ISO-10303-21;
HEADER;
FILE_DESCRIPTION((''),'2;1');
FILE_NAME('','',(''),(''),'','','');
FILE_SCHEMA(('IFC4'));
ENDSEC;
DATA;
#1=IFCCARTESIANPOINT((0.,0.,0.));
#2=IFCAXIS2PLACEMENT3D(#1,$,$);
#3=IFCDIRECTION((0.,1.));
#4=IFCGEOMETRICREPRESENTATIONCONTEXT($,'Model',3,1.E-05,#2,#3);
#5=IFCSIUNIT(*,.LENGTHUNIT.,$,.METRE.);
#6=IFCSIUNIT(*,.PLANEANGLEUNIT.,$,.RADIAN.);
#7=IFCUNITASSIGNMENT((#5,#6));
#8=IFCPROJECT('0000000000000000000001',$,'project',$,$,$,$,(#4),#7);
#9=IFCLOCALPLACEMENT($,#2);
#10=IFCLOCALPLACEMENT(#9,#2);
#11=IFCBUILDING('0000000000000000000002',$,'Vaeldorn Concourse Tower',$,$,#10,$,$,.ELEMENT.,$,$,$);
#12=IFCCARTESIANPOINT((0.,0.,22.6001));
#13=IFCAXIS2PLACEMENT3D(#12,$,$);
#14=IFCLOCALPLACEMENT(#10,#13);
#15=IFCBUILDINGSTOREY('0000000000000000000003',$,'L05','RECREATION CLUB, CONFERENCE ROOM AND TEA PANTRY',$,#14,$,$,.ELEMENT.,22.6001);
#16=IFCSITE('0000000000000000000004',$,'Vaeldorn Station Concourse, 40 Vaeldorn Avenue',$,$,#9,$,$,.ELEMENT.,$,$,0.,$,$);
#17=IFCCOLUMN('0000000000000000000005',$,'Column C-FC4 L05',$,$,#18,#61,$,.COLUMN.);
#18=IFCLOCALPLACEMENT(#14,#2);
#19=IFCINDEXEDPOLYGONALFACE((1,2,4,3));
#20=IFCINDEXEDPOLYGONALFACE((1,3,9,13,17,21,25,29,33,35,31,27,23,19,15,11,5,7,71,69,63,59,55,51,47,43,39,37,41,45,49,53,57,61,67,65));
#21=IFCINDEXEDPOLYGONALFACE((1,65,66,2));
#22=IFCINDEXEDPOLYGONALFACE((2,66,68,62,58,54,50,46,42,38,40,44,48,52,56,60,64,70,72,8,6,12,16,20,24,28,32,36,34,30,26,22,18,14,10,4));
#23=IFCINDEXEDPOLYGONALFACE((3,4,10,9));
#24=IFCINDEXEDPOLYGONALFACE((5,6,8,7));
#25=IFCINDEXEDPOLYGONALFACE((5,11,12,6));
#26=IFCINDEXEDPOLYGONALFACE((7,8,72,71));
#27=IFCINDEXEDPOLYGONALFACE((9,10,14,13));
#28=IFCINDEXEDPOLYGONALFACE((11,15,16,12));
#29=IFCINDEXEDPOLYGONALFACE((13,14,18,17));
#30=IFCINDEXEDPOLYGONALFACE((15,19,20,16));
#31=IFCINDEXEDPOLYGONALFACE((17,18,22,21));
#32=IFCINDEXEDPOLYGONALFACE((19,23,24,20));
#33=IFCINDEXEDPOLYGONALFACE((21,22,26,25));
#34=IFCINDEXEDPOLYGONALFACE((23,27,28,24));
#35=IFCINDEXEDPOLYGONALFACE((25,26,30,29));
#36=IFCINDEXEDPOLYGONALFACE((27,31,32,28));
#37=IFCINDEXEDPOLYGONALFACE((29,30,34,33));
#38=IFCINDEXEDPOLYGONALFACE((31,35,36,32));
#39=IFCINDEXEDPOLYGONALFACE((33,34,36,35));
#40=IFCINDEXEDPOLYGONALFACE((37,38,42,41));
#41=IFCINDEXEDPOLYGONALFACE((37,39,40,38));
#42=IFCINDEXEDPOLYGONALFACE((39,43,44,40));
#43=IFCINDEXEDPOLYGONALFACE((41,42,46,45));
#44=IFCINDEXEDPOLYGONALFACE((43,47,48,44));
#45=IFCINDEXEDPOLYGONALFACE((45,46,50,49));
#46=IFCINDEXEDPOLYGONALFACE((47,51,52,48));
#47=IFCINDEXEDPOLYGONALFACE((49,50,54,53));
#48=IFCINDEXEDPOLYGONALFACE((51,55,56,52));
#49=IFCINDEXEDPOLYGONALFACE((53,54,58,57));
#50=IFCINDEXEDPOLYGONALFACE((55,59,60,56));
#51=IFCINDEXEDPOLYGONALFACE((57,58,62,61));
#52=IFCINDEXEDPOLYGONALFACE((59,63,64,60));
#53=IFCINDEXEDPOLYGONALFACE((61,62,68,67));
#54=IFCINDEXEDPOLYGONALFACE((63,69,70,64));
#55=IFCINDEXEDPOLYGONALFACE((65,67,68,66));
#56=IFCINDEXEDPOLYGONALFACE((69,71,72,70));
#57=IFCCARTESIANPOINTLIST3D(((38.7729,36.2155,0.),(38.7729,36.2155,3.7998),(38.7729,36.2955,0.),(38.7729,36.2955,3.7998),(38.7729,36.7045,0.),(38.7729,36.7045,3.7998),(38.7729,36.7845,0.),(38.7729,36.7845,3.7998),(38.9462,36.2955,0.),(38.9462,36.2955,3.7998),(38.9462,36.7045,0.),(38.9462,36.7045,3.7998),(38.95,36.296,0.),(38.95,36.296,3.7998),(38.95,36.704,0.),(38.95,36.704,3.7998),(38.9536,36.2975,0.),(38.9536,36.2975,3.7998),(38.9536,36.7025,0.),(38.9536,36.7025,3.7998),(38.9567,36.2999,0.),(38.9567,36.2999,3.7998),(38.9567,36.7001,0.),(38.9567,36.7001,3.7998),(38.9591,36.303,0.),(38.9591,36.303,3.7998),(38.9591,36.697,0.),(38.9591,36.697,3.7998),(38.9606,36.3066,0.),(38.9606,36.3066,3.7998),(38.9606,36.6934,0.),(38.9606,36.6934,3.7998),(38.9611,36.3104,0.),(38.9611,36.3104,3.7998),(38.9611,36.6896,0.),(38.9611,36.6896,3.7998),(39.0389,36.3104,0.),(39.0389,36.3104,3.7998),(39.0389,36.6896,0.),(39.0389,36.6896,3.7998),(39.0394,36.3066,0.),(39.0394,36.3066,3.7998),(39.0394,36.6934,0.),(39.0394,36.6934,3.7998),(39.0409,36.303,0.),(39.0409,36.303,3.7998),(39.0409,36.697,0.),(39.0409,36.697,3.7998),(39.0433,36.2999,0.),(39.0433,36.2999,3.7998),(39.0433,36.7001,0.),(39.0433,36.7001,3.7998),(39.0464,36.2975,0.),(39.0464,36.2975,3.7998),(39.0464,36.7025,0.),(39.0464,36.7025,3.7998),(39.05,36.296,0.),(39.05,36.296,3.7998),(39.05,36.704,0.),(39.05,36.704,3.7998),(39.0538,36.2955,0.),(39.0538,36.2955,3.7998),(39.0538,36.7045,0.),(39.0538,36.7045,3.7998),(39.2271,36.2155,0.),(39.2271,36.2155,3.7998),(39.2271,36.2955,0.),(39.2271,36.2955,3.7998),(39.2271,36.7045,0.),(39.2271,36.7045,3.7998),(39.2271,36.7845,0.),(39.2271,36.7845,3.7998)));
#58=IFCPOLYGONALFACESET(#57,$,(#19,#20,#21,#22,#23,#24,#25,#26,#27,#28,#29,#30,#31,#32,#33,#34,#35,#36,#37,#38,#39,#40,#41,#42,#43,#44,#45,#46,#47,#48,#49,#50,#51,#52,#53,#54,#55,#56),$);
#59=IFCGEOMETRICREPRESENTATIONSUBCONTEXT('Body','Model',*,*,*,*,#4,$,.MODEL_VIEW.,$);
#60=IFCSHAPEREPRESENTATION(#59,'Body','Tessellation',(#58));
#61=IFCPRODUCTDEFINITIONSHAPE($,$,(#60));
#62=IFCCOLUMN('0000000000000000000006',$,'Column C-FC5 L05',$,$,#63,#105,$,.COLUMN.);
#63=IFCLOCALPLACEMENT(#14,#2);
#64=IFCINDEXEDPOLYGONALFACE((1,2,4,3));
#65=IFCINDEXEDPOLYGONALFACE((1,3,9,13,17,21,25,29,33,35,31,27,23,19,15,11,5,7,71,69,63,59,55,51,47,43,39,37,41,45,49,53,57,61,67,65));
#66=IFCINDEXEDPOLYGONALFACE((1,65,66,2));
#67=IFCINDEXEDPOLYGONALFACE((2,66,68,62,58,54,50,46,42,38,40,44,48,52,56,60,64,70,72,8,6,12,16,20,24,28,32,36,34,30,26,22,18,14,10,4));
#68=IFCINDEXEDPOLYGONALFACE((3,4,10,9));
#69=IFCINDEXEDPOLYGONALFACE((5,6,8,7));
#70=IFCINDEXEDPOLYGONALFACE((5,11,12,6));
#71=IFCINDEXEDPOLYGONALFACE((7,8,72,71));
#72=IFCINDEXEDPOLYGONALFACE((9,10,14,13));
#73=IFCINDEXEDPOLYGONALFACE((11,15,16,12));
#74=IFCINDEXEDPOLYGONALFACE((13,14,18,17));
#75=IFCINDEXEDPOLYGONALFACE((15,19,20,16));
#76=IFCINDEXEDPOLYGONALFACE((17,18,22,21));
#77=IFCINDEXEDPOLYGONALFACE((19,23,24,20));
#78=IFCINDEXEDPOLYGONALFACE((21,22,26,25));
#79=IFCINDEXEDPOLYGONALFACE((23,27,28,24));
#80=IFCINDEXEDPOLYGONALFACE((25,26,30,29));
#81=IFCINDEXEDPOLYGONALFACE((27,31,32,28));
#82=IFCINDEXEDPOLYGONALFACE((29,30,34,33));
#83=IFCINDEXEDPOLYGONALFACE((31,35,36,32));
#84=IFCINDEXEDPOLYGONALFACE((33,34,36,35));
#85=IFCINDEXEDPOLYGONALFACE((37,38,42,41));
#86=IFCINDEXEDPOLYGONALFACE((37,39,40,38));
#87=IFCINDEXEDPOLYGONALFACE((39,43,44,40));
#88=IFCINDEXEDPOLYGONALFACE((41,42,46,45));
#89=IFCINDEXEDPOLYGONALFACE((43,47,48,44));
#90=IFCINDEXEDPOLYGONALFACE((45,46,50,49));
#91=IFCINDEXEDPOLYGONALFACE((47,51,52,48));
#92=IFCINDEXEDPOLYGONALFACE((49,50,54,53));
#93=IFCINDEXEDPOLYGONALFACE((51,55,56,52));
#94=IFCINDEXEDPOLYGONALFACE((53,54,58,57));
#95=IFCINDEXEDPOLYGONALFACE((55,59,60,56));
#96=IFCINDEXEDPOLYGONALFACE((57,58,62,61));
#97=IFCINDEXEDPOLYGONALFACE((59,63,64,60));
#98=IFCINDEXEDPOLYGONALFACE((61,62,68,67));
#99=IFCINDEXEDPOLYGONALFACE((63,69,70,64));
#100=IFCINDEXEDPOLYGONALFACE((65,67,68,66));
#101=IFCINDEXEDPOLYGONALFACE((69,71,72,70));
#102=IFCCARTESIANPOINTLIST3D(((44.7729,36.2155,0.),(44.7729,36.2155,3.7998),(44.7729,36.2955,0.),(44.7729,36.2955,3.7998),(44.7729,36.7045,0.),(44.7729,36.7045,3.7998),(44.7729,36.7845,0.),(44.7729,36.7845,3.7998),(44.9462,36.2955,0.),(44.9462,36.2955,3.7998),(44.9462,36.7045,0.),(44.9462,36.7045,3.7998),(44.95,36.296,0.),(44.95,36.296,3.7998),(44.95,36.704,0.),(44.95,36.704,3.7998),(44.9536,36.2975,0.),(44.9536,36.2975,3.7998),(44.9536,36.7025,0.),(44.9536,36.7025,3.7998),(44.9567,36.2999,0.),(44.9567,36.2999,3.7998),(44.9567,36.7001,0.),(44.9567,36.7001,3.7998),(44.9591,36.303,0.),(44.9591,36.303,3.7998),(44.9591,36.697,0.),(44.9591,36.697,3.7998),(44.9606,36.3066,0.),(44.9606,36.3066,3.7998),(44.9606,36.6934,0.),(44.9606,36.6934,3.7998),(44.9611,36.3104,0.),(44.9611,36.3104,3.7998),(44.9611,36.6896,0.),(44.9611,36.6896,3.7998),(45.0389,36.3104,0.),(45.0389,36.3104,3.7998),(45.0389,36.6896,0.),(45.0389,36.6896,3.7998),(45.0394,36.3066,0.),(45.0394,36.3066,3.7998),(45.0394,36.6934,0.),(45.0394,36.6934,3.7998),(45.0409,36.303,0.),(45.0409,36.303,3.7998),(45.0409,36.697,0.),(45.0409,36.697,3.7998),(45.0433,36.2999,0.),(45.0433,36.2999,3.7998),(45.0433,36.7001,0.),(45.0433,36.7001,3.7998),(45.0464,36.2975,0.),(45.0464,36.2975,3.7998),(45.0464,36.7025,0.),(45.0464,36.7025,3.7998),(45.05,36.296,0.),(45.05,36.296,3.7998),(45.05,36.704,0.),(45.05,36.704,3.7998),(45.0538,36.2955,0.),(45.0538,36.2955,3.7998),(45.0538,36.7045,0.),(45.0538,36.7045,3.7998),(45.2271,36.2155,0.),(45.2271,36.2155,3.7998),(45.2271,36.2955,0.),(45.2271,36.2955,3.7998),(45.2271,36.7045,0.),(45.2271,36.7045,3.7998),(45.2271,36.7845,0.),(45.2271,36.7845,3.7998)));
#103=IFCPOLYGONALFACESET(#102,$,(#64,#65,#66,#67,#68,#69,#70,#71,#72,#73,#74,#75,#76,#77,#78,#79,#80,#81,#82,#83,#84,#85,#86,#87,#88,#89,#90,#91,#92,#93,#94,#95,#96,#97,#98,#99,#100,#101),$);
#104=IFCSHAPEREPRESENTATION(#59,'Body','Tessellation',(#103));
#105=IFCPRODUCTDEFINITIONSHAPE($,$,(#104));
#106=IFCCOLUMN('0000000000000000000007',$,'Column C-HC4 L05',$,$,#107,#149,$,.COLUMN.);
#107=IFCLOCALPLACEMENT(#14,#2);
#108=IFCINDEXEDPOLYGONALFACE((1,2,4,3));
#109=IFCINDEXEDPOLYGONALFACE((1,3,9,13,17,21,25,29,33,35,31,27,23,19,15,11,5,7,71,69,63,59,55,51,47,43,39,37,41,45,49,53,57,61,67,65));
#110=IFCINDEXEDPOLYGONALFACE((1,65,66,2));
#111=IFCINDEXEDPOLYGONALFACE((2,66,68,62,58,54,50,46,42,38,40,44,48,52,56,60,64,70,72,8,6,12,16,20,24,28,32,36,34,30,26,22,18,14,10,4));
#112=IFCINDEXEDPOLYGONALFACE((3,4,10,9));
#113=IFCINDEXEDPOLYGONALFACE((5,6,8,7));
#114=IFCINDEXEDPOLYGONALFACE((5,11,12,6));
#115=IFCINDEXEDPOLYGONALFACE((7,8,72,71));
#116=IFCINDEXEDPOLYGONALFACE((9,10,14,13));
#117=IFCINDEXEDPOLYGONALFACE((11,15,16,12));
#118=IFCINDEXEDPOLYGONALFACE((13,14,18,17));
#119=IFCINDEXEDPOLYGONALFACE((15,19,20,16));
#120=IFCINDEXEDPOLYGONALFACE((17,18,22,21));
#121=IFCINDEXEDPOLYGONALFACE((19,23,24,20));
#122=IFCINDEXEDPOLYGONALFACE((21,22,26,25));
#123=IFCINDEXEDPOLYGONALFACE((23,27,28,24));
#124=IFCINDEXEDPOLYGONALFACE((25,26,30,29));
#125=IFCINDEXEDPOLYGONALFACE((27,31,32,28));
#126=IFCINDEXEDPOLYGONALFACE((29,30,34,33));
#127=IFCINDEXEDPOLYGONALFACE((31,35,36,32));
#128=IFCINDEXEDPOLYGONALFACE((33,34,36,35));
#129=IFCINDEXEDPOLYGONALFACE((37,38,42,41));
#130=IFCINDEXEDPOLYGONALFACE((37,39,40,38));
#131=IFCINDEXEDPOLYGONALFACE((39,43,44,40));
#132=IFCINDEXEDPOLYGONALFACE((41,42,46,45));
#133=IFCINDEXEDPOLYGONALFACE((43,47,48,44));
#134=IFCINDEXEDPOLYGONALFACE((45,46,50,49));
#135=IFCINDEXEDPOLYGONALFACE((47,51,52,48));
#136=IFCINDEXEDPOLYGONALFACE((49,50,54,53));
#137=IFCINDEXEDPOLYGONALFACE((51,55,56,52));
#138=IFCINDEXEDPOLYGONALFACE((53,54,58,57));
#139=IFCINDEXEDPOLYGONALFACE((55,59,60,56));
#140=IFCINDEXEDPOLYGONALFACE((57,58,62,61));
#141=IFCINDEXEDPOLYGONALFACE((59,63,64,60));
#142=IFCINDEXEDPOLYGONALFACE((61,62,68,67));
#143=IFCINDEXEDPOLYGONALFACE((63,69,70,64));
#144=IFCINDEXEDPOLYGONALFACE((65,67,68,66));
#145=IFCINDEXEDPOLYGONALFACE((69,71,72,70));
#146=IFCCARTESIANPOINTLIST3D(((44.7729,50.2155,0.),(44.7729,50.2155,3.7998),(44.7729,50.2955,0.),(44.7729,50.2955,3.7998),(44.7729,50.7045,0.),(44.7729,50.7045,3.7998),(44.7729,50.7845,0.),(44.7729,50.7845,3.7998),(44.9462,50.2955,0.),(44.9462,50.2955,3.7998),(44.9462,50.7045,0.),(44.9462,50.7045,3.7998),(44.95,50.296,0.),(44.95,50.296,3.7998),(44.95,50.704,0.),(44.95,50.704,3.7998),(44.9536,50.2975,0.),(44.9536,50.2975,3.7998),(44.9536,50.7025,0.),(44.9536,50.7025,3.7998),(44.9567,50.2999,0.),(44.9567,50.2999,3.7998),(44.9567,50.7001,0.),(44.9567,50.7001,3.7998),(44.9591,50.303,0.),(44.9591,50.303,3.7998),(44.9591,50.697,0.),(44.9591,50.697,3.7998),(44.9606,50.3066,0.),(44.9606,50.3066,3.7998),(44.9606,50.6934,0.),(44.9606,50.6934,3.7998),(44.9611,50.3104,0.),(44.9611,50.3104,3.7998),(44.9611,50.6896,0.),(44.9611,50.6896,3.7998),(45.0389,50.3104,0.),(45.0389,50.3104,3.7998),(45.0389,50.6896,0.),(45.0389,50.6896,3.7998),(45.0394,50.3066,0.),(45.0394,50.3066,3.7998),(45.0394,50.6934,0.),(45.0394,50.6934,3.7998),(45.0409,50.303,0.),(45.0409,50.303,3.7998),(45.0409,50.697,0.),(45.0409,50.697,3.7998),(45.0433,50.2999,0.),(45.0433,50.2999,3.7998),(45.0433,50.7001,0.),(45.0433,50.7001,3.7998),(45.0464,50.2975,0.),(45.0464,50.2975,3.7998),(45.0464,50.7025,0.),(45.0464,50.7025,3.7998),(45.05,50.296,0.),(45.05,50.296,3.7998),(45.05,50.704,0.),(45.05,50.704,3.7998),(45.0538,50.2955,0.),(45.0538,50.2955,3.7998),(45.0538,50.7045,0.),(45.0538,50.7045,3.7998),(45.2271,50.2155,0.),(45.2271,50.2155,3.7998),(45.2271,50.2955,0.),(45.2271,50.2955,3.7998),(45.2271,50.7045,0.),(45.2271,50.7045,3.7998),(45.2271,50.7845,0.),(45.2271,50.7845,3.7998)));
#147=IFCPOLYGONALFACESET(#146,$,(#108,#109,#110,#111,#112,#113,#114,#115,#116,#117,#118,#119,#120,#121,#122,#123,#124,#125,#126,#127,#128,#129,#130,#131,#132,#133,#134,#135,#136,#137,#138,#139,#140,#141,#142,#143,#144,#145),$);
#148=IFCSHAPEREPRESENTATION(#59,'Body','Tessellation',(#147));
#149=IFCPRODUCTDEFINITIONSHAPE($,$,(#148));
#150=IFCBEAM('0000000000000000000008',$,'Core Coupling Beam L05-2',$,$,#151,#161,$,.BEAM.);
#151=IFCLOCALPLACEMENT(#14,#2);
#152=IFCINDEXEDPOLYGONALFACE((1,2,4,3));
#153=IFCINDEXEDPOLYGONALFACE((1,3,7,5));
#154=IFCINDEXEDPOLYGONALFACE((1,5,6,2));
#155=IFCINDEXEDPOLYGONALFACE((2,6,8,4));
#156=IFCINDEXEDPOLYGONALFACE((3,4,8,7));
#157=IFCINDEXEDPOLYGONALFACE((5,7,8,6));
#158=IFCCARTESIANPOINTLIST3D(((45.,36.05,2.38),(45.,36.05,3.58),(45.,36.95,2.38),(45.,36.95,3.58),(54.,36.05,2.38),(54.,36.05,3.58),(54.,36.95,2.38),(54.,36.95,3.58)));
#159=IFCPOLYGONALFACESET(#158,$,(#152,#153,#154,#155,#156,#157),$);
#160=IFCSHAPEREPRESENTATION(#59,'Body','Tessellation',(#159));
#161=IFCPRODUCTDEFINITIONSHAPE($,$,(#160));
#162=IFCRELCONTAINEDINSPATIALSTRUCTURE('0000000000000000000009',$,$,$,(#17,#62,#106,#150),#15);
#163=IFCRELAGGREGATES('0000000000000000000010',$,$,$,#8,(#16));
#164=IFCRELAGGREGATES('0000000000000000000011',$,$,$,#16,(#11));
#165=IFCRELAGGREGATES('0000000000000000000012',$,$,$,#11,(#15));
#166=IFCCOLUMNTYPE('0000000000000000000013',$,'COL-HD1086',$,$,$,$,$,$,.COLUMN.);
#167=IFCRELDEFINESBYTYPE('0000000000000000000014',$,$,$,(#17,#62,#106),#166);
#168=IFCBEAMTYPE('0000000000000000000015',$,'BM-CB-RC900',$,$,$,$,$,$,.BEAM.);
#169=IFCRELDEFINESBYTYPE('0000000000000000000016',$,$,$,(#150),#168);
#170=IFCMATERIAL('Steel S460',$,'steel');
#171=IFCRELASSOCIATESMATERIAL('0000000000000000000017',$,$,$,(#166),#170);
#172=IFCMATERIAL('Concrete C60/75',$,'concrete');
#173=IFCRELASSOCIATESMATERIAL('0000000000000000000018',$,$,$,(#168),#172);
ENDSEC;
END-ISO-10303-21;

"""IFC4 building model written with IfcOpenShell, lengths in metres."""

from ifc_helpers import new_model, si_unit, direction, frame, origin, origin_2d, place, context, subcontext, project, spatial, rectangle, i_section, extrude, source, transform, mapped, material, material_profile, profile_set, type_object, element, save


model = new_model("IFC4")

# Units and contexts
model_context = context("Model", 3, precision=1e-05, world=origin(), true_north=direction((0.0, 1.0)))
body_context = subcontext(model_context, "Body", "Model", "MODEL_VIEW")
ifc_project = project(units=[si_unit("LENGTHUNIT", "METRE"), si_unit("PLANEANGLEUNIT", "RADIAN")], contexts=[model_context])

# Site, building, storey
site_placement = place(None, origin())
site = spatial("IfcSite", under=ifc_project, at=site_placement, Name="Vaeldorn Station Concourse, 40 Vaeldorn Avenue", CompositionType="ELEMENT", RefElevation=0.0)
building_placement = place(site_placement, origin())
building = spatial("IfcBuilding", under=site, at=building_placement, Name="Vaeldorn Concourse Tower", CompositionType="ELEMENT")
storey_placement = place(building_placement, frame((0.0, 0.0, 22.6001)))
storey = spatial("IfcBuildingStorey", under=building, at=storey_placement, Name="L05", Description="RECREATION CLUB, CONFERENCE ROOM AND TEA PANTRY", CompositionType="ELEMENT", Elevation=22.6001)

# Columns
ifc_material_1 = material(Name="Steel S460", Category="steel")
ifc_material_profile_1 = material_profile(ifc_material_1, i_section(OverallWidth=0.4541, OverallDepth=0.5691, WebThickness=0.0779, FlangeThickness=0.0801, FilletRadius=0.0149, at=origin_2d()), Name="HD 400x1086")
ifc_profile_set_1 = profile_set([ifc_material_profile_1], Name="Steel S460")
column_type = type_object("IfcColumnType", Name="COL-HD1086", PredefinedType="COLUMN", material=ifc_profile_set_1)
shared_shape_1 = source(origin(), body_context, "Body", "SweptSolid", [
    extrude(i_section(OverallWidth=0.4541, OverallDepth=0.5691, WebThickness=0.0779, FlangeThickness=0.0801, FilletRadius=0.0149, at=origin_2d()), origin(), (0.0, 0.0, 1.0), 3.7998),
])
for number, where, z_axis, x_axis, name in (
    (1, (39.0, 36.5, 0.0), (0.0, 0.0, 1.0), (1.0, 0.0, 0.0), "Column C-FC4 L05"),
    (2, (45.0, 36.5, 0.0), (0.0, 0.0, 1.0), (1.0, 0.0, 0.0), "Column C-FC5 L05"),
    (3, (45.0, 50.5, 0.0), (0.0, 0.0, 1.0), (1.0, 0.0, 0.0), "Column C-HC4 L05"),
):
    element("IfcColumn", number, at=place(storey_placement, frame(where, z_axis=z_axis, x_axis=x_axis)), inside=storey, type_object=column_type, Name=name, PredefinedType="COLUMN", context=body_context, shape_type="MappedRepresentation", body=[
        mapped(shared_shape_1, transform((0.0, 0.0, 0.0), scale=1.0)),
    ])

# Beam
ifc_material_2 = material(Name="Concrete C60/75", Category="concrete")
ifc_material_profile_2 = material_profile(ifc_material_2, rectangle(XDim=0.8999, YDim=1.2, at=origin_2d()), Name="RC 900x1200")
ifc_profile_set_2 = profile_set([ifc_material_profile_2], Name="Concrete C60/75")
beam_type_1 = type_object("IfcBeamType", Name="BM-CB-RC900", PredefinedType="BEAM", material=ifc_profile_set_2)
shared_shape_2 = source(origin(), body_context, "Body", "SweptSolid", [
    extrude(rectangle(XDim=0.8999, YDim=1.2, at=origin_2d()), origin(), (0.0, 0.0, 1.0), 9.0),
])
beam_1_placement = place(storey_placement, frame((45.0, 36.5, 2.98), z_axis=(1.0, 0.0, 0.0), x_axis=(0.0, 1.0, 0.0)))
element("IfcBeam", 4, at=beam_1_placement, inside=storey, type_object=beam_type_1, Name="Core Coupling Beam L05-2", PredefinedType="BEAM", context=body_context, shape_type="MappedRepresentation", body=[
    mapped(shared_shape_2, transform((0.0, 0.0, 0.0), scale=1.0)),
])

save(model, "model.ifc")
